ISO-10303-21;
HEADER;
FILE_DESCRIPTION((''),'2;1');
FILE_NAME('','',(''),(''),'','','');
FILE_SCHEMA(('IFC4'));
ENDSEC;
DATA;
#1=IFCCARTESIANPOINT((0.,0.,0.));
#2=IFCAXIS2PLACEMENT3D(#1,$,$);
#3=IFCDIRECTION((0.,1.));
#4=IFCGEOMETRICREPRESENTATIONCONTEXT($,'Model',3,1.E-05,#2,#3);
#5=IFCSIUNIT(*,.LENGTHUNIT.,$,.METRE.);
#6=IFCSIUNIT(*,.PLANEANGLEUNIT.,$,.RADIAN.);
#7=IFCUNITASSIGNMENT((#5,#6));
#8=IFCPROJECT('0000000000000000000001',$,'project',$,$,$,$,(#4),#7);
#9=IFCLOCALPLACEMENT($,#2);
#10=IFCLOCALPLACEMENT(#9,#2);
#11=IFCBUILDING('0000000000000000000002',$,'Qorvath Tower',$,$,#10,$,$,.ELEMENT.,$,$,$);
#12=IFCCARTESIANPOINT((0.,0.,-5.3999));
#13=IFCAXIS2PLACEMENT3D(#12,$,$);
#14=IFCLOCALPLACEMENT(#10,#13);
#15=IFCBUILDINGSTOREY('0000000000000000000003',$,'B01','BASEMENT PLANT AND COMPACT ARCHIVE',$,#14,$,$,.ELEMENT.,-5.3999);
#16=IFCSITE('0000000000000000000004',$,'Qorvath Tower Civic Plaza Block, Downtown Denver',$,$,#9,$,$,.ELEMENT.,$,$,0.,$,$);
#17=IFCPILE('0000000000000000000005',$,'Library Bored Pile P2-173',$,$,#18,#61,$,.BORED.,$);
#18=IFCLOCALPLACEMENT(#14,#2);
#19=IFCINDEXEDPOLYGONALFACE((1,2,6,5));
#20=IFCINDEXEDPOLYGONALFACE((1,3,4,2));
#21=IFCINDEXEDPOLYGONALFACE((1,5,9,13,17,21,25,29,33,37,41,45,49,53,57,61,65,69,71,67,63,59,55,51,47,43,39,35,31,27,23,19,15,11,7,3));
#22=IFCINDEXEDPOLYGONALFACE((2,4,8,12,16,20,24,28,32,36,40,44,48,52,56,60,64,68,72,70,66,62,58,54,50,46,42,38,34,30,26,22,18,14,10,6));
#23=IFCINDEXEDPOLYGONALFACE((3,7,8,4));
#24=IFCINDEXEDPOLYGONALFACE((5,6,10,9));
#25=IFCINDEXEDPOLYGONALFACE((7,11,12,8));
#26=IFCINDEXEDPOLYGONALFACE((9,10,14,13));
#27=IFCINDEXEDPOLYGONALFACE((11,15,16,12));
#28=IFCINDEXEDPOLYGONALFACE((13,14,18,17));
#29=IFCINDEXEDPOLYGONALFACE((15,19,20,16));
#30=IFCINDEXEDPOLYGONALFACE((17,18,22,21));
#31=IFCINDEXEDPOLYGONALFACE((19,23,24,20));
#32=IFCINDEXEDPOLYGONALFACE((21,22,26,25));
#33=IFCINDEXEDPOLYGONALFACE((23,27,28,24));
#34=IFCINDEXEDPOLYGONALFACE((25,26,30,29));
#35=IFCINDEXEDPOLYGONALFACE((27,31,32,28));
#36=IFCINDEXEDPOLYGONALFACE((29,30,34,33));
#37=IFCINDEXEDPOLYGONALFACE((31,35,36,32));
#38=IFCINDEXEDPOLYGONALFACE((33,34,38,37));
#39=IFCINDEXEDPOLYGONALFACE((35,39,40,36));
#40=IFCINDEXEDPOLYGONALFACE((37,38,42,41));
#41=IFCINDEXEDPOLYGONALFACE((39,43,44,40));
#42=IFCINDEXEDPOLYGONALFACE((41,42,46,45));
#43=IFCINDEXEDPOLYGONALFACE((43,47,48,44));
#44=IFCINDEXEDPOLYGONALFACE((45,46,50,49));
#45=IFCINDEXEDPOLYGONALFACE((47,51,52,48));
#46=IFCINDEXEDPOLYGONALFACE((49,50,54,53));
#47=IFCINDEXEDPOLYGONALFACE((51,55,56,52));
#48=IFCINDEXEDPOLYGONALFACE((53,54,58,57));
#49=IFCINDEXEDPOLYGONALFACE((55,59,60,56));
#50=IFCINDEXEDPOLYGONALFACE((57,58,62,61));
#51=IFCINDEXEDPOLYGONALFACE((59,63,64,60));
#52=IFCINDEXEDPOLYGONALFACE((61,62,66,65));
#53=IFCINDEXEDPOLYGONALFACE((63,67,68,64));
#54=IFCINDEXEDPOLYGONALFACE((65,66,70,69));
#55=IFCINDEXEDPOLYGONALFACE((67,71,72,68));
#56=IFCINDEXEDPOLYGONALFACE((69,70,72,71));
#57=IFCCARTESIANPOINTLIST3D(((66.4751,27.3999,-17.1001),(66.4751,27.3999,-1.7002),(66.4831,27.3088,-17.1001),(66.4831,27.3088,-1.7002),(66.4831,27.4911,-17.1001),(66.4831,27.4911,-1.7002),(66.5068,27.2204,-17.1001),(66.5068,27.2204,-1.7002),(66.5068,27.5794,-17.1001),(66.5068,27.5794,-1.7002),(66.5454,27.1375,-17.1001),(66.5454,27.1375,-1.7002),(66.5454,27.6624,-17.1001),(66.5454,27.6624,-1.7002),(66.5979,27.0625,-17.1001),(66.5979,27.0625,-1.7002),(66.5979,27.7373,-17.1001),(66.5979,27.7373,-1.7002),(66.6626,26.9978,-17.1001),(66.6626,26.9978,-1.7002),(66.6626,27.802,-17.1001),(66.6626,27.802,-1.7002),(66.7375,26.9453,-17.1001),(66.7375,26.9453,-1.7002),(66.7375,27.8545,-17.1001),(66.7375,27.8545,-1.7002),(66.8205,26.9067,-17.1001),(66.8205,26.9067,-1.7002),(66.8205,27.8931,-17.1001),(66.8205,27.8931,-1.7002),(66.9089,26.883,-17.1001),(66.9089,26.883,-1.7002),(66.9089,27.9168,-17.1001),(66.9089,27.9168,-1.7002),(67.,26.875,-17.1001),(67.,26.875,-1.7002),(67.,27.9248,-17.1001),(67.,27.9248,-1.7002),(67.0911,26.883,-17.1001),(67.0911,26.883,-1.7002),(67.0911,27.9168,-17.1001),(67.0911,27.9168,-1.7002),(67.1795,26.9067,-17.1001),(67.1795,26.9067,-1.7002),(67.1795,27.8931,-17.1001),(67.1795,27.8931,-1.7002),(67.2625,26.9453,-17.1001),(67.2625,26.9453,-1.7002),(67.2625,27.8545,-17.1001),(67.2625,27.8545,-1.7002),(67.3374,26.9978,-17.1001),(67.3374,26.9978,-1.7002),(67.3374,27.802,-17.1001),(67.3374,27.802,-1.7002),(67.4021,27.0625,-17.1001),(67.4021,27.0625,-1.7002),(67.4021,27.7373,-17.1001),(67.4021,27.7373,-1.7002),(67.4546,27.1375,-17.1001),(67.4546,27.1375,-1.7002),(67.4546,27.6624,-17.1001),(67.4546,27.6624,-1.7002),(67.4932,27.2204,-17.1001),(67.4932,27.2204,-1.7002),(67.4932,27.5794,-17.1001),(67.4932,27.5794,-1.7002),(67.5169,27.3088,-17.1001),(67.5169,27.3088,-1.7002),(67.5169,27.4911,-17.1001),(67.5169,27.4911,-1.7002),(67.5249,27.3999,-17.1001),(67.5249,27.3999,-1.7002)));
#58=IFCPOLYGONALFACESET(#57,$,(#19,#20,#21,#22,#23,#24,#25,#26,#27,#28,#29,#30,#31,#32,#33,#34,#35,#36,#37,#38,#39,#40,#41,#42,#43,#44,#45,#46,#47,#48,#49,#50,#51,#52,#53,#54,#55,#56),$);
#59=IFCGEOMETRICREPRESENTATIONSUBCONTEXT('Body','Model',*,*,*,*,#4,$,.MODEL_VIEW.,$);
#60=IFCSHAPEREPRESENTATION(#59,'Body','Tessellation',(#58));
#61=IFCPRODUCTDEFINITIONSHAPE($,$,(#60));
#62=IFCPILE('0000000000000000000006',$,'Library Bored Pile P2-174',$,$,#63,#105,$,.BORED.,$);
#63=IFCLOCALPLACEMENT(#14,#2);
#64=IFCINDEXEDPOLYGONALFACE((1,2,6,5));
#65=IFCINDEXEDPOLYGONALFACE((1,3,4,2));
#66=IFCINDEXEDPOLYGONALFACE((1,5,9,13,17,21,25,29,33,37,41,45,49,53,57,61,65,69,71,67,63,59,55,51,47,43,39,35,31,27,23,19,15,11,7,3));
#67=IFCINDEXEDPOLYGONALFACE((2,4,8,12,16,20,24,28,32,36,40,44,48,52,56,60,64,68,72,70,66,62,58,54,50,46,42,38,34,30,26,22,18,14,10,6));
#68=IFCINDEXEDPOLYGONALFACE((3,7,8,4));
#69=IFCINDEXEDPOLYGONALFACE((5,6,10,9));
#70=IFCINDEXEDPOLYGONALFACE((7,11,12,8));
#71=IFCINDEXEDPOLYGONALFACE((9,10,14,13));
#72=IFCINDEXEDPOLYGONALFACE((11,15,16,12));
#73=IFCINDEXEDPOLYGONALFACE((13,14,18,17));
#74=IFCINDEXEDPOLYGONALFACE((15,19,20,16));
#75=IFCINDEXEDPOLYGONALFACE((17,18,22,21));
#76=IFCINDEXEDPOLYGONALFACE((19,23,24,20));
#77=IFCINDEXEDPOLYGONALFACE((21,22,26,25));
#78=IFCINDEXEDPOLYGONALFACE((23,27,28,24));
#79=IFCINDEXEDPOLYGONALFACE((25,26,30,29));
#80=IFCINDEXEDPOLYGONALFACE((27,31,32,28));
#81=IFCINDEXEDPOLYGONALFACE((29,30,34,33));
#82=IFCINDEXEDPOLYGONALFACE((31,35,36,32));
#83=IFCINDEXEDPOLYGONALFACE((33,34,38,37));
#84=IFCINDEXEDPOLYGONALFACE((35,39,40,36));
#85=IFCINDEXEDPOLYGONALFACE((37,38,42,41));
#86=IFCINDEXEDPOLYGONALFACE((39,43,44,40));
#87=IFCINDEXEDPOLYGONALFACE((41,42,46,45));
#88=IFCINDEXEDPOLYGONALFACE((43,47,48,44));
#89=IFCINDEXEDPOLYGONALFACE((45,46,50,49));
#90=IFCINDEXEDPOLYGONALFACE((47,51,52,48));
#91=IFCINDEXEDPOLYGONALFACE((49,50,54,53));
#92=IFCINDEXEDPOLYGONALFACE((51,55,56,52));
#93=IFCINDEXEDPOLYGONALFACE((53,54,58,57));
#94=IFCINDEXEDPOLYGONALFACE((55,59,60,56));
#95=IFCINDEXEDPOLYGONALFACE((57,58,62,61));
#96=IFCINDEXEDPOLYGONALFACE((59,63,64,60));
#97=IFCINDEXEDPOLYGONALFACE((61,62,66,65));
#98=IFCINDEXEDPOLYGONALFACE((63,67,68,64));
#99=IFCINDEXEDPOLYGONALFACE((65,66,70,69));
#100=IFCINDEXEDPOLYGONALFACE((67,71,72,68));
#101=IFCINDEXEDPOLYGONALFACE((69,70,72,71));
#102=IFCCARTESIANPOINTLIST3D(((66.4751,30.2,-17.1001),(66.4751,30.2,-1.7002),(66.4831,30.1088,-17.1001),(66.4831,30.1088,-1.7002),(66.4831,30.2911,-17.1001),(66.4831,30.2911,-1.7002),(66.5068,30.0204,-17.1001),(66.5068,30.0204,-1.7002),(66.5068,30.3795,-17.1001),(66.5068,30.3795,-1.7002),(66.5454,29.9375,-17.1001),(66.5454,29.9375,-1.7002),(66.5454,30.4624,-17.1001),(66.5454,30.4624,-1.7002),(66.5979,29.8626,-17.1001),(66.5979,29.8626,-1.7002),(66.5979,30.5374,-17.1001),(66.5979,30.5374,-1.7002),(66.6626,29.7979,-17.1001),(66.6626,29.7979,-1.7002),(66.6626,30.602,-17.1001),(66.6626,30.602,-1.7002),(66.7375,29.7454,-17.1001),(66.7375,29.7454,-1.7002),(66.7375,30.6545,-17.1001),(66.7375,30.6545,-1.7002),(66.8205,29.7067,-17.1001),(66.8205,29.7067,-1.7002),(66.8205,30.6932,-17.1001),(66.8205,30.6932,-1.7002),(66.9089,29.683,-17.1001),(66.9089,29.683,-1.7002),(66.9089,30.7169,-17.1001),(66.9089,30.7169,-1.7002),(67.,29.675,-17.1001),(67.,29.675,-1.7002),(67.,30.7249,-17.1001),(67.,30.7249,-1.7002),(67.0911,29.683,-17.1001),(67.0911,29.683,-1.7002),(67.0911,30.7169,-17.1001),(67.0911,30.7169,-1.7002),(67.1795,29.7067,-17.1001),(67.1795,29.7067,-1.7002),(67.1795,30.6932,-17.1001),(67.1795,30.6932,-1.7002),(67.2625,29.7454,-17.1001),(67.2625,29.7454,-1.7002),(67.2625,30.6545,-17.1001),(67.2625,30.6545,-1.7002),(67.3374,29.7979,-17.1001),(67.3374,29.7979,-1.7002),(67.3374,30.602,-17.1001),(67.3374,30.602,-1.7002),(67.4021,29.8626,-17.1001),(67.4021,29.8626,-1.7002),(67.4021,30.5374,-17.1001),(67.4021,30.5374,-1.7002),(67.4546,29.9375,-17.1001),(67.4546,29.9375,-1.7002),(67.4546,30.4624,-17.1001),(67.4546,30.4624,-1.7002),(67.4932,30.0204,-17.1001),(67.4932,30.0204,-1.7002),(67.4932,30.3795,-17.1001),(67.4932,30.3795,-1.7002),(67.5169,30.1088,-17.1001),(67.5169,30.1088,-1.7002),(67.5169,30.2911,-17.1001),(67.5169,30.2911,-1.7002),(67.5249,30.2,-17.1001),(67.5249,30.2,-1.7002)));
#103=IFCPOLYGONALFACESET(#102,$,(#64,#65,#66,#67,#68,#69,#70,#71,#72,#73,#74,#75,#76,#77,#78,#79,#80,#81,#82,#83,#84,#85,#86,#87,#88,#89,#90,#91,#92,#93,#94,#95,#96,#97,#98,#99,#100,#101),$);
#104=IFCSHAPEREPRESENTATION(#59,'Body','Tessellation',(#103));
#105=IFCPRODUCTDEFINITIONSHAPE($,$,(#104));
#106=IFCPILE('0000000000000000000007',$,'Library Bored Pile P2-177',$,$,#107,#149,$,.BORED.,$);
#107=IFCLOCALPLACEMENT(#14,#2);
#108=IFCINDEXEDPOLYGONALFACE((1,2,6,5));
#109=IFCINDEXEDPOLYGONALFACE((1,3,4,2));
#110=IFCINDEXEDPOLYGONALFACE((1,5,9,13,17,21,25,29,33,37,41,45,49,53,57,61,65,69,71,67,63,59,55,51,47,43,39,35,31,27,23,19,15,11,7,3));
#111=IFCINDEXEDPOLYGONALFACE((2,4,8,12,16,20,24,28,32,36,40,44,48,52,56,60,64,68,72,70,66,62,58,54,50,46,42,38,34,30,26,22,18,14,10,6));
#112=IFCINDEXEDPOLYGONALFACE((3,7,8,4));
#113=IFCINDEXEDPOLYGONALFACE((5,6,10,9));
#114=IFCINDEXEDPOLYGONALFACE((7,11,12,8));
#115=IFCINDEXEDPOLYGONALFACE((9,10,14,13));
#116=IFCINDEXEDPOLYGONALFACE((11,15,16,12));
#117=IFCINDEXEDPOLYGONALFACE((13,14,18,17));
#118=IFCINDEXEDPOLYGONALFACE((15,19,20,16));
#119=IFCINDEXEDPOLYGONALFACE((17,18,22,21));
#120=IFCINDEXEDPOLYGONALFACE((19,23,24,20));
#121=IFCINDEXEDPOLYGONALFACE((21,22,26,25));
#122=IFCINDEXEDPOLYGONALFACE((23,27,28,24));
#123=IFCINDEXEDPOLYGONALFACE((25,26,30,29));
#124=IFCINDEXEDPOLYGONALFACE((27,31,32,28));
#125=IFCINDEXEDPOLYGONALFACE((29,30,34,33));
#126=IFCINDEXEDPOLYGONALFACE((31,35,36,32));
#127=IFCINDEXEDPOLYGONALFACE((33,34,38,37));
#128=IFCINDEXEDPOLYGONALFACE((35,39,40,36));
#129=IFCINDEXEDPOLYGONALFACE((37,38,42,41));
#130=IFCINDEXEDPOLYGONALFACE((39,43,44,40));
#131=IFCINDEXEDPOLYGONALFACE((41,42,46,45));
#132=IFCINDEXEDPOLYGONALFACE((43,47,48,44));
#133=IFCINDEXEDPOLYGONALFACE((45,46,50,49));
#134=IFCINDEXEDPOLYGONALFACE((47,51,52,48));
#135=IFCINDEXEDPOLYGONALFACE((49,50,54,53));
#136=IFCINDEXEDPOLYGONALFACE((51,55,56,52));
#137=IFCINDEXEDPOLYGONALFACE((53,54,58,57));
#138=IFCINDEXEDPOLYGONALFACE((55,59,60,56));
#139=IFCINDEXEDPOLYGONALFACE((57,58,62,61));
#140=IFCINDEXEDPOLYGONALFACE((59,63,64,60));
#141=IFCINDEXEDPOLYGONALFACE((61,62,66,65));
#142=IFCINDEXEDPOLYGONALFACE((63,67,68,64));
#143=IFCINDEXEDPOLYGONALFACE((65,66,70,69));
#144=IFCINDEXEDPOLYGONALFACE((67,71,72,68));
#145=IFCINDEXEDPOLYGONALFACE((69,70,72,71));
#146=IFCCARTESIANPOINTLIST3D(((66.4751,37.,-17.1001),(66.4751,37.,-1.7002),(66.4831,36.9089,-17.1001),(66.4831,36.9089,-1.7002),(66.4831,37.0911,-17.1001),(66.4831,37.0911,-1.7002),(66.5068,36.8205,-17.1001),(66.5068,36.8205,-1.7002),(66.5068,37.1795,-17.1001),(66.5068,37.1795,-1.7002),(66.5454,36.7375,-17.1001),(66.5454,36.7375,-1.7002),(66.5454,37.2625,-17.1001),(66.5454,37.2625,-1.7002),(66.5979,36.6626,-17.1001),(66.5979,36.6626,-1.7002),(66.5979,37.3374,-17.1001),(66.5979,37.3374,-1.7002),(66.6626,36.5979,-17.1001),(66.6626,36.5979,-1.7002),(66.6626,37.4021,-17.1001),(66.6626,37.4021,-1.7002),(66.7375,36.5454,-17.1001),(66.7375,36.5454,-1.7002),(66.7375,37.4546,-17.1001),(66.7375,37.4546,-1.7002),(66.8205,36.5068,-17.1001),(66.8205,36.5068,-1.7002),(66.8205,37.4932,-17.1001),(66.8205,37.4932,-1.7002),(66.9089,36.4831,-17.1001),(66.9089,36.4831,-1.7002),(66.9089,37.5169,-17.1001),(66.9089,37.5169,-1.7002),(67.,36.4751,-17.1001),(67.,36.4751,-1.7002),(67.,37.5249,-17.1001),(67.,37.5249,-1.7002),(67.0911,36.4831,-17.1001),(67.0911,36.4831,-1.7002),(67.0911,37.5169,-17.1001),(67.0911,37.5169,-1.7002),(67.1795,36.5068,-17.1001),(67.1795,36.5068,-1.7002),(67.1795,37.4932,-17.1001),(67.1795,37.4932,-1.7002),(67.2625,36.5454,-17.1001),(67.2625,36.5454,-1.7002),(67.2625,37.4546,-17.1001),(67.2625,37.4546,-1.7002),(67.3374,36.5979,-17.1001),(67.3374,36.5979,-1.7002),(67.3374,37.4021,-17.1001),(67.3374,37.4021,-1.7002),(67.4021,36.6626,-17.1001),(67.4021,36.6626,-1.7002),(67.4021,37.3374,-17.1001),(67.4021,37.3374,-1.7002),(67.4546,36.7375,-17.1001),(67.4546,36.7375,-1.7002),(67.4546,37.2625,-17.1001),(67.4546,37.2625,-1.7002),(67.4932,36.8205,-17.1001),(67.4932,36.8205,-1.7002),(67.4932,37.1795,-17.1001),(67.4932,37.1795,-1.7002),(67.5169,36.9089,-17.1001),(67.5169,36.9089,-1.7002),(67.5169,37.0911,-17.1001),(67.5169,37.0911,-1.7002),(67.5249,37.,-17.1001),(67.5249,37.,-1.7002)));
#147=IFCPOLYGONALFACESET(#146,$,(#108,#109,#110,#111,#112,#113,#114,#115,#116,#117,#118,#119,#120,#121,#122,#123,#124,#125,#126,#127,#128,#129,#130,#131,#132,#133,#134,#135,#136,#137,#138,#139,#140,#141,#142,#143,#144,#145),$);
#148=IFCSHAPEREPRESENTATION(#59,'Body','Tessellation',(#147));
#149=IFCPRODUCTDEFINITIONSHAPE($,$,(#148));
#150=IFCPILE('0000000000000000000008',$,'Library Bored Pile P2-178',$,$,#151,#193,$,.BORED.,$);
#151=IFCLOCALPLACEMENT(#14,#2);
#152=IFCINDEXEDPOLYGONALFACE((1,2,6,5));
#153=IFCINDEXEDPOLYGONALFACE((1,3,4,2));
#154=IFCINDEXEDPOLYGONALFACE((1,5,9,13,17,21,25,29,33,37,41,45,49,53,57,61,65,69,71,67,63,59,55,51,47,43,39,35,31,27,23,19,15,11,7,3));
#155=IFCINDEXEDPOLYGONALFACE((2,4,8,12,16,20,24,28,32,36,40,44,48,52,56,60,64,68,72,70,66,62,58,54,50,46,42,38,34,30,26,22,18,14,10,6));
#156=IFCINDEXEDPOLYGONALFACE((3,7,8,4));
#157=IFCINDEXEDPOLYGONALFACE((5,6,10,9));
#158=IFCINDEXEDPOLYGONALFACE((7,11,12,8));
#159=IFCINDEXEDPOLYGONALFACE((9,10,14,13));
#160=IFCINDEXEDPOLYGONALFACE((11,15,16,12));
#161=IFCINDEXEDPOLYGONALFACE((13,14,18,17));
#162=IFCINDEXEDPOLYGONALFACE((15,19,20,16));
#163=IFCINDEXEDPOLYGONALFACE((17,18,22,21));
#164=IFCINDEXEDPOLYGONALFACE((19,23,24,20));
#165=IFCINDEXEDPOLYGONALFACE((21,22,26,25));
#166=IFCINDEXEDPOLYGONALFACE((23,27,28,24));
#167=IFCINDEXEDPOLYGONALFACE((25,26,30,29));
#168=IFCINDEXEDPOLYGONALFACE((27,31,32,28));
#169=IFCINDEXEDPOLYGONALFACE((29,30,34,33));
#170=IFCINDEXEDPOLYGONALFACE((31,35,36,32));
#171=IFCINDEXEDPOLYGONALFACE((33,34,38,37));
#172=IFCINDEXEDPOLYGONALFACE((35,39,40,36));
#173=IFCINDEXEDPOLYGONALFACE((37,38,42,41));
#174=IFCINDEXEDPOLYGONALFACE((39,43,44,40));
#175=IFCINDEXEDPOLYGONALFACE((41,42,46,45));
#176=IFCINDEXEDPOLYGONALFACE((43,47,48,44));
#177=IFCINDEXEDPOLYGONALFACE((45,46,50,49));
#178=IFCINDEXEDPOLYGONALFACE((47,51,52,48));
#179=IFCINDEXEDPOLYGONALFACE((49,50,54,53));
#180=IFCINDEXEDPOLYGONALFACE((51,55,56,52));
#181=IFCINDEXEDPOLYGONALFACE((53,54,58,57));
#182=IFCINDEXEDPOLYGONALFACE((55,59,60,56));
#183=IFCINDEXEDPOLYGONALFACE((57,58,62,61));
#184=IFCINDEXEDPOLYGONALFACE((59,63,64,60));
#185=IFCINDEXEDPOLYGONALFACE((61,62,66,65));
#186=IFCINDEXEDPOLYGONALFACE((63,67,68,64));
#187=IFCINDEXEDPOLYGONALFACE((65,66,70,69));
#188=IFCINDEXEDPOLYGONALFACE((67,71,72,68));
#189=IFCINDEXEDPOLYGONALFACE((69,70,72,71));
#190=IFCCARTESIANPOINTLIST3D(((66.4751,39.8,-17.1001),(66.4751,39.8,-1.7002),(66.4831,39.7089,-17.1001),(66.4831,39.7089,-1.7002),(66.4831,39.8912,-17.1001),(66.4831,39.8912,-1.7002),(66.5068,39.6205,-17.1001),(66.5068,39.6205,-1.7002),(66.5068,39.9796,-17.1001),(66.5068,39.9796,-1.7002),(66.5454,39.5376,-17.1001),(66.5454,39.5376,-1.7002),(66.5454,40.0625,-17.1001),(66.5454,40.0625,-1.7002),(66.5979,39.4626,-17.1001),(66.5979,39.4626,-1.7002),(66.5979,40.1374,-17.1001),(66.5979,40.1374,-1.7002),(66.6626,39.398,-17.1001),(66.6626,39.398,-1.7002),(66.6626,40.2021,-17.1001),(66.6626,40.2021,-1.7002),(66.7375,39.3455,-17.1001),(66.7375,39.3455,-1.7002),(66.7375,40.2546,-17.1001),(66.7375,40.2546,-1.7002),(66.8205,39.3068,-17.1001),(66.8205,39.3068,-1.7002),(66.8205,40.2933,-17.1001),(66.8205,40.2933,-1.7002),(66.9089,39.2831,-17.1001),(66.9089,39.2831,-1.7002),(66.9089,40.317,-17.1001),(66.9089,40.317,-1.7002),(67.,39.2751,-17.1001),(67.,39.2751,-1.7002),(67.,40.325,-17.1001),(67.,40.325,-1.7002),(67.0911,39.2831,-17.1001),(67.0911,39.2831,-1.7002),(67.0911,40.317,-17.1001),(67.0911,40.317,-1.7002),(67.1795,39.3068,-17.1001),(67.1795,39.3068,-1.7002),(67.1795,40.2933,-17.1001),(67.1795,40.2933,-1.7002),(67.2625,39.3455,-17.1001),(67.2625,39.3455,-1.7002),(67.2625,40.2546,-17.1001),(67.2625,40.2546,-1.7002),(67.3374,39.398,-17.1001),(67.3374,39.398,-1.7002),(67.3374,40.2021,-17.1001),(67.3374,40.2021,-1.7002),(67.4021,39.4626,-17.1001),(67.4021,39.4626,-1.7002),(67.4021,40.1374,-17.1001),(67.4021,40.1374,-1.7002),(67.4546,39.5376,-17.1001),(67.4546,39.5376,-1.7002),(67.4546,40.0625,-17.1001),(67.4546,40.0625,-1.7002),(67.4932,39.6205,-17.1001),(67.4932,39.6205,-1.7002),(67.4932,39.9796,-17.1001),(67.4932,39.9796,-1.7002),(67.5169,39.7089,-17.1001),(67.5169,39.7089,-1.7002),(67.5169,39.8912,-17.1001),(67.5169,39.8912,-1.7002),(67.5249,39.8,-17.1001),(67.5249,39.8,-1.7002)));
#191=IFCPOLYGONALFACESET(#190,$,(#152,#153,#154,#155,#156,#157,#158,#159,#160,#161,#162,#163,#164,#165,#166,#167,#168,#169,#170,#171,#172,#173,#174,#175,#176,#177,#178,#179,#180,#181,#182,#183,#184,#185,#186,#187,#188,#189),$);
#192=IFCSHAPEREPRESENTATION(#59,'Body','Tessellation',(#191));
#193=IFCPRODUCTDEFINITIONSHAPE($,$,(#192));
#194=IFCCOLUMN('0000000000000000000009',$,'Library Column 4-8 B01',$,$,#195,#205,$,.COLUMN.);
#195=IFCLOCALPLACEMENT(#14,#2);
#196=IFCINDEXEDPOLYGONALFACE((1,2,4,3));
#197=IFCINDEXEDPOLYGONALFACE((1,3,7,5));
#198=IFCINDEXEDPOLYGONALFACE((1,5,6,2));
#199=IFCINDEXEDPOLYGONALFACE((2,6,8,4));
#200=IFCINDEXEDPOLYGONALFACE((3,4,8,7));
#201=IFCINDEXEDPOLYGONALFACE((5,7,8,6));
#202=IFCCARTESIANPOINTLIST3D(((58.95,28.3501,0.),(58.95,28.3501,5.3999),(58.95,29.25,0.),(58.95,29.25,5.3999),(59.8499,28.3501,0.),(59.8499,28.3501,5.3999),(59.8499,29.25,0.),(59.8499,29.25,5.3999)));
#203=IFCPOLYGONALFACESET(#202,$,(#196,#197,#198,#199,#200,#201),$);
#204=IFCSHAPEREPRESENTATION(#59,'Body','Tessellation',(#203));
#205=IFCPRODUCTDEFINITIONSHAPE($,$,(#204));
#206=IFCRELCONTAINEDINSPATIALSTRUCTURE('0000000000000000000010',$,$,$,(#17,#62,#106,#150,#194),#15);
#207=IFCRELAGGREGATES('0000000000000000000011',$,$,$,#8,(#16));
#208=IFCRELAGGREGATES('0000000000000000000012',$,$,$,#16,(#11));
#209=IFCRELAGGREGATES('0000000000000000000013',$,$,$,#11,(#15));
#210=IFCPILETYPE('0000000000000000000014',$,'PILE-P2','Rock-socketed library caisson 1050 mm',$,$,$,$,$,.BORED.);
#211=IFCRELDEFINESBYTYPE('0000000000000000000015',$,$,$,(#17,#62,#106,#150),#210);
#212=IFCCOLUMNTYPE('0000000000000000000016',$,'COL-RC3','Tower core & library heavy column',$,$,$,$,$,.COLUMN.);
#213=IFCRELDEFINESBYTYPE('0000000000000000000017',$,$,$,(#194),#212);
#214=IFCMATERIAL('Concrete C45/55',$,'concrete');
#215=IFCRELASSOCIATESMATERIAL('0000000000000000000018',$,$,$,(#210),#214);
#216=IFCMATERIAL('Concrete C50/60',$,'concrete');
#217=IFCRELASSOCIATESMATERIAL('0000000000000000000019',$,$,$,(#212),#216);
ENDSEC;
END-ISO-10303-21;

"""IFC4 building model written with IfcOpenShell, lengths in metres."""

from ifc_helpers import new_model, si_unit, direction, frame, origin, origin_2d, place, context, subcontext, project, spatial, rectangle, circle, extrude, material, material_profile, profile_set, type_object, element, save


model = new_model("IFC4")

# Units and contexts
model_context = context("Model", 3, precision=1e-05, world=origin(), true_north=direction((0.0, 1.0)))
body_context = subcontext(model_context, "Body", "Model", "MODEL_VIEW")
ifc_project = project(units=[si_unit("LENGTHUNIT", "METRE"), si_unit("PLANEANGLEUNIT", "RADIAN")], contexts=[model_context])

# Site, building, storey
site_placement = place(None, origin())
site = spatial("IfcSite", under=ifc_project, at=site_placement, Name="Qorvath Tower Civic Plaza Block, Downtown Denver", CompositionType="ELEMENT", RefElevation=0.0)
building_placement = place(site_placement, origin())
building = spatial("IfcBuilding", under=site, at=building_placement, Name="Qorvath Tower", CompositionType="ELEMENT")
storey_placement = place(building_placement, frame((0.0, 0.0, -5.3999)))
storey = spatial("IfcBuildingStorey", under=building, at=storey_placement, Name="B01", Description="BASEMENT PLANT AND COMPACT ARCHIVE", CompositionType="ELEMENT", Elevation=-5.3999)

# Piles
ifc_material_1 = material(Name="Concrete C45/55", Category="concrete")
ifc_material_profile_1 = material_profile(ifc_material_1, circle(Radius=0.5249, at=origin_2d()), Name="BORED PILE 1050")
ifc_profile_set_1 = profile_set([ifc_material_profile_1], Name="Concrete C45/55")
pile_type = type_object("IfcPileType", Name="PILE-P2", Description="Rock-socketed library caisson 1050 mm", PredefinedType="BORED", material=ifc_profile_set_1)
for number, where, z_axis, x_axis, name in (
    (1, (67.0, 27.3999, -1.7002), (0.0, 0.0, -1.0), (1.0, 0.0, 0.0), "Library Bored Pile P2-173"),
    (2, (67.0, 30.2, -1.7002), (0.0, 0.0, -1.0), (1.0, 0.0, 0.0), "Library Bored Pile P2-174"),
    (3, (67.0, 37.0, -1.7002), (0.0, 0.0, -1.0), (1.0, 0.0, 0.0), "Library Bored Pile P2-177"),
    (4, (67.0, 39.8, -1.7002), (0.0, 0.0, -1.0), (1.0, 0.0, 0.0), "Library Bored Pile P2-178"),
):
    element("IfcPile", number, at=place(storey_placement, frame(where, z_axis=z_axis, x_axis=x_axis)), inside=storey, type_object=pile_type, Name=name, PredefinedType="BORED", context=body_context, shape_type="SweptSolid", body=[
        extrude(circle(Radius=0.5249, at=origin_2d()), origin(), (0.0, 0.0, 1.0), 15.3999),
    ])

# Column
ifc_material_2 = material(Name="Concrete C50/60", Category="concrete")
ifc_material_profile_2 = material_profile(ifc_material_2, rectangle(XDim=0.8999, YDim=0.8999, at=origin_2d()), Name="RC 900x900")
ifc_profile_set_2 = profile_set([ifc_material_profile_2], Name="Concrete C50/60")
column_type_1 = type_object("IfcColumnType", Name="COL-RC3", Description="Tower core & library heavy column", PredefinedType="COLUMN", material=ifc_profile_set_2)
for number, where, z_axis, x_axis, name in (
    (5, (59.3999, 28.8, 0.0), (0.0, 0.0, 1.0), (1.0, 0.0, 0.0), "Library Column 4-8 B01"),
):
    element("IfcColumn", number, at=place(storey_placement, frame(where, z_axis=z_axis, x_axis=x_axis)), inside=storey, type_object=column_type_1, Name=name, PredefinedType="COLUMN", context=body_context, shape_type="SweptSolid", body=[
        extrude(rectangle(XDim=0.8999, YDim=0.8999, at=origin_2d()), origin(), (0.0, 0.0, 1.0), 5.3999),
    ])

save(model, "model.ifc")
